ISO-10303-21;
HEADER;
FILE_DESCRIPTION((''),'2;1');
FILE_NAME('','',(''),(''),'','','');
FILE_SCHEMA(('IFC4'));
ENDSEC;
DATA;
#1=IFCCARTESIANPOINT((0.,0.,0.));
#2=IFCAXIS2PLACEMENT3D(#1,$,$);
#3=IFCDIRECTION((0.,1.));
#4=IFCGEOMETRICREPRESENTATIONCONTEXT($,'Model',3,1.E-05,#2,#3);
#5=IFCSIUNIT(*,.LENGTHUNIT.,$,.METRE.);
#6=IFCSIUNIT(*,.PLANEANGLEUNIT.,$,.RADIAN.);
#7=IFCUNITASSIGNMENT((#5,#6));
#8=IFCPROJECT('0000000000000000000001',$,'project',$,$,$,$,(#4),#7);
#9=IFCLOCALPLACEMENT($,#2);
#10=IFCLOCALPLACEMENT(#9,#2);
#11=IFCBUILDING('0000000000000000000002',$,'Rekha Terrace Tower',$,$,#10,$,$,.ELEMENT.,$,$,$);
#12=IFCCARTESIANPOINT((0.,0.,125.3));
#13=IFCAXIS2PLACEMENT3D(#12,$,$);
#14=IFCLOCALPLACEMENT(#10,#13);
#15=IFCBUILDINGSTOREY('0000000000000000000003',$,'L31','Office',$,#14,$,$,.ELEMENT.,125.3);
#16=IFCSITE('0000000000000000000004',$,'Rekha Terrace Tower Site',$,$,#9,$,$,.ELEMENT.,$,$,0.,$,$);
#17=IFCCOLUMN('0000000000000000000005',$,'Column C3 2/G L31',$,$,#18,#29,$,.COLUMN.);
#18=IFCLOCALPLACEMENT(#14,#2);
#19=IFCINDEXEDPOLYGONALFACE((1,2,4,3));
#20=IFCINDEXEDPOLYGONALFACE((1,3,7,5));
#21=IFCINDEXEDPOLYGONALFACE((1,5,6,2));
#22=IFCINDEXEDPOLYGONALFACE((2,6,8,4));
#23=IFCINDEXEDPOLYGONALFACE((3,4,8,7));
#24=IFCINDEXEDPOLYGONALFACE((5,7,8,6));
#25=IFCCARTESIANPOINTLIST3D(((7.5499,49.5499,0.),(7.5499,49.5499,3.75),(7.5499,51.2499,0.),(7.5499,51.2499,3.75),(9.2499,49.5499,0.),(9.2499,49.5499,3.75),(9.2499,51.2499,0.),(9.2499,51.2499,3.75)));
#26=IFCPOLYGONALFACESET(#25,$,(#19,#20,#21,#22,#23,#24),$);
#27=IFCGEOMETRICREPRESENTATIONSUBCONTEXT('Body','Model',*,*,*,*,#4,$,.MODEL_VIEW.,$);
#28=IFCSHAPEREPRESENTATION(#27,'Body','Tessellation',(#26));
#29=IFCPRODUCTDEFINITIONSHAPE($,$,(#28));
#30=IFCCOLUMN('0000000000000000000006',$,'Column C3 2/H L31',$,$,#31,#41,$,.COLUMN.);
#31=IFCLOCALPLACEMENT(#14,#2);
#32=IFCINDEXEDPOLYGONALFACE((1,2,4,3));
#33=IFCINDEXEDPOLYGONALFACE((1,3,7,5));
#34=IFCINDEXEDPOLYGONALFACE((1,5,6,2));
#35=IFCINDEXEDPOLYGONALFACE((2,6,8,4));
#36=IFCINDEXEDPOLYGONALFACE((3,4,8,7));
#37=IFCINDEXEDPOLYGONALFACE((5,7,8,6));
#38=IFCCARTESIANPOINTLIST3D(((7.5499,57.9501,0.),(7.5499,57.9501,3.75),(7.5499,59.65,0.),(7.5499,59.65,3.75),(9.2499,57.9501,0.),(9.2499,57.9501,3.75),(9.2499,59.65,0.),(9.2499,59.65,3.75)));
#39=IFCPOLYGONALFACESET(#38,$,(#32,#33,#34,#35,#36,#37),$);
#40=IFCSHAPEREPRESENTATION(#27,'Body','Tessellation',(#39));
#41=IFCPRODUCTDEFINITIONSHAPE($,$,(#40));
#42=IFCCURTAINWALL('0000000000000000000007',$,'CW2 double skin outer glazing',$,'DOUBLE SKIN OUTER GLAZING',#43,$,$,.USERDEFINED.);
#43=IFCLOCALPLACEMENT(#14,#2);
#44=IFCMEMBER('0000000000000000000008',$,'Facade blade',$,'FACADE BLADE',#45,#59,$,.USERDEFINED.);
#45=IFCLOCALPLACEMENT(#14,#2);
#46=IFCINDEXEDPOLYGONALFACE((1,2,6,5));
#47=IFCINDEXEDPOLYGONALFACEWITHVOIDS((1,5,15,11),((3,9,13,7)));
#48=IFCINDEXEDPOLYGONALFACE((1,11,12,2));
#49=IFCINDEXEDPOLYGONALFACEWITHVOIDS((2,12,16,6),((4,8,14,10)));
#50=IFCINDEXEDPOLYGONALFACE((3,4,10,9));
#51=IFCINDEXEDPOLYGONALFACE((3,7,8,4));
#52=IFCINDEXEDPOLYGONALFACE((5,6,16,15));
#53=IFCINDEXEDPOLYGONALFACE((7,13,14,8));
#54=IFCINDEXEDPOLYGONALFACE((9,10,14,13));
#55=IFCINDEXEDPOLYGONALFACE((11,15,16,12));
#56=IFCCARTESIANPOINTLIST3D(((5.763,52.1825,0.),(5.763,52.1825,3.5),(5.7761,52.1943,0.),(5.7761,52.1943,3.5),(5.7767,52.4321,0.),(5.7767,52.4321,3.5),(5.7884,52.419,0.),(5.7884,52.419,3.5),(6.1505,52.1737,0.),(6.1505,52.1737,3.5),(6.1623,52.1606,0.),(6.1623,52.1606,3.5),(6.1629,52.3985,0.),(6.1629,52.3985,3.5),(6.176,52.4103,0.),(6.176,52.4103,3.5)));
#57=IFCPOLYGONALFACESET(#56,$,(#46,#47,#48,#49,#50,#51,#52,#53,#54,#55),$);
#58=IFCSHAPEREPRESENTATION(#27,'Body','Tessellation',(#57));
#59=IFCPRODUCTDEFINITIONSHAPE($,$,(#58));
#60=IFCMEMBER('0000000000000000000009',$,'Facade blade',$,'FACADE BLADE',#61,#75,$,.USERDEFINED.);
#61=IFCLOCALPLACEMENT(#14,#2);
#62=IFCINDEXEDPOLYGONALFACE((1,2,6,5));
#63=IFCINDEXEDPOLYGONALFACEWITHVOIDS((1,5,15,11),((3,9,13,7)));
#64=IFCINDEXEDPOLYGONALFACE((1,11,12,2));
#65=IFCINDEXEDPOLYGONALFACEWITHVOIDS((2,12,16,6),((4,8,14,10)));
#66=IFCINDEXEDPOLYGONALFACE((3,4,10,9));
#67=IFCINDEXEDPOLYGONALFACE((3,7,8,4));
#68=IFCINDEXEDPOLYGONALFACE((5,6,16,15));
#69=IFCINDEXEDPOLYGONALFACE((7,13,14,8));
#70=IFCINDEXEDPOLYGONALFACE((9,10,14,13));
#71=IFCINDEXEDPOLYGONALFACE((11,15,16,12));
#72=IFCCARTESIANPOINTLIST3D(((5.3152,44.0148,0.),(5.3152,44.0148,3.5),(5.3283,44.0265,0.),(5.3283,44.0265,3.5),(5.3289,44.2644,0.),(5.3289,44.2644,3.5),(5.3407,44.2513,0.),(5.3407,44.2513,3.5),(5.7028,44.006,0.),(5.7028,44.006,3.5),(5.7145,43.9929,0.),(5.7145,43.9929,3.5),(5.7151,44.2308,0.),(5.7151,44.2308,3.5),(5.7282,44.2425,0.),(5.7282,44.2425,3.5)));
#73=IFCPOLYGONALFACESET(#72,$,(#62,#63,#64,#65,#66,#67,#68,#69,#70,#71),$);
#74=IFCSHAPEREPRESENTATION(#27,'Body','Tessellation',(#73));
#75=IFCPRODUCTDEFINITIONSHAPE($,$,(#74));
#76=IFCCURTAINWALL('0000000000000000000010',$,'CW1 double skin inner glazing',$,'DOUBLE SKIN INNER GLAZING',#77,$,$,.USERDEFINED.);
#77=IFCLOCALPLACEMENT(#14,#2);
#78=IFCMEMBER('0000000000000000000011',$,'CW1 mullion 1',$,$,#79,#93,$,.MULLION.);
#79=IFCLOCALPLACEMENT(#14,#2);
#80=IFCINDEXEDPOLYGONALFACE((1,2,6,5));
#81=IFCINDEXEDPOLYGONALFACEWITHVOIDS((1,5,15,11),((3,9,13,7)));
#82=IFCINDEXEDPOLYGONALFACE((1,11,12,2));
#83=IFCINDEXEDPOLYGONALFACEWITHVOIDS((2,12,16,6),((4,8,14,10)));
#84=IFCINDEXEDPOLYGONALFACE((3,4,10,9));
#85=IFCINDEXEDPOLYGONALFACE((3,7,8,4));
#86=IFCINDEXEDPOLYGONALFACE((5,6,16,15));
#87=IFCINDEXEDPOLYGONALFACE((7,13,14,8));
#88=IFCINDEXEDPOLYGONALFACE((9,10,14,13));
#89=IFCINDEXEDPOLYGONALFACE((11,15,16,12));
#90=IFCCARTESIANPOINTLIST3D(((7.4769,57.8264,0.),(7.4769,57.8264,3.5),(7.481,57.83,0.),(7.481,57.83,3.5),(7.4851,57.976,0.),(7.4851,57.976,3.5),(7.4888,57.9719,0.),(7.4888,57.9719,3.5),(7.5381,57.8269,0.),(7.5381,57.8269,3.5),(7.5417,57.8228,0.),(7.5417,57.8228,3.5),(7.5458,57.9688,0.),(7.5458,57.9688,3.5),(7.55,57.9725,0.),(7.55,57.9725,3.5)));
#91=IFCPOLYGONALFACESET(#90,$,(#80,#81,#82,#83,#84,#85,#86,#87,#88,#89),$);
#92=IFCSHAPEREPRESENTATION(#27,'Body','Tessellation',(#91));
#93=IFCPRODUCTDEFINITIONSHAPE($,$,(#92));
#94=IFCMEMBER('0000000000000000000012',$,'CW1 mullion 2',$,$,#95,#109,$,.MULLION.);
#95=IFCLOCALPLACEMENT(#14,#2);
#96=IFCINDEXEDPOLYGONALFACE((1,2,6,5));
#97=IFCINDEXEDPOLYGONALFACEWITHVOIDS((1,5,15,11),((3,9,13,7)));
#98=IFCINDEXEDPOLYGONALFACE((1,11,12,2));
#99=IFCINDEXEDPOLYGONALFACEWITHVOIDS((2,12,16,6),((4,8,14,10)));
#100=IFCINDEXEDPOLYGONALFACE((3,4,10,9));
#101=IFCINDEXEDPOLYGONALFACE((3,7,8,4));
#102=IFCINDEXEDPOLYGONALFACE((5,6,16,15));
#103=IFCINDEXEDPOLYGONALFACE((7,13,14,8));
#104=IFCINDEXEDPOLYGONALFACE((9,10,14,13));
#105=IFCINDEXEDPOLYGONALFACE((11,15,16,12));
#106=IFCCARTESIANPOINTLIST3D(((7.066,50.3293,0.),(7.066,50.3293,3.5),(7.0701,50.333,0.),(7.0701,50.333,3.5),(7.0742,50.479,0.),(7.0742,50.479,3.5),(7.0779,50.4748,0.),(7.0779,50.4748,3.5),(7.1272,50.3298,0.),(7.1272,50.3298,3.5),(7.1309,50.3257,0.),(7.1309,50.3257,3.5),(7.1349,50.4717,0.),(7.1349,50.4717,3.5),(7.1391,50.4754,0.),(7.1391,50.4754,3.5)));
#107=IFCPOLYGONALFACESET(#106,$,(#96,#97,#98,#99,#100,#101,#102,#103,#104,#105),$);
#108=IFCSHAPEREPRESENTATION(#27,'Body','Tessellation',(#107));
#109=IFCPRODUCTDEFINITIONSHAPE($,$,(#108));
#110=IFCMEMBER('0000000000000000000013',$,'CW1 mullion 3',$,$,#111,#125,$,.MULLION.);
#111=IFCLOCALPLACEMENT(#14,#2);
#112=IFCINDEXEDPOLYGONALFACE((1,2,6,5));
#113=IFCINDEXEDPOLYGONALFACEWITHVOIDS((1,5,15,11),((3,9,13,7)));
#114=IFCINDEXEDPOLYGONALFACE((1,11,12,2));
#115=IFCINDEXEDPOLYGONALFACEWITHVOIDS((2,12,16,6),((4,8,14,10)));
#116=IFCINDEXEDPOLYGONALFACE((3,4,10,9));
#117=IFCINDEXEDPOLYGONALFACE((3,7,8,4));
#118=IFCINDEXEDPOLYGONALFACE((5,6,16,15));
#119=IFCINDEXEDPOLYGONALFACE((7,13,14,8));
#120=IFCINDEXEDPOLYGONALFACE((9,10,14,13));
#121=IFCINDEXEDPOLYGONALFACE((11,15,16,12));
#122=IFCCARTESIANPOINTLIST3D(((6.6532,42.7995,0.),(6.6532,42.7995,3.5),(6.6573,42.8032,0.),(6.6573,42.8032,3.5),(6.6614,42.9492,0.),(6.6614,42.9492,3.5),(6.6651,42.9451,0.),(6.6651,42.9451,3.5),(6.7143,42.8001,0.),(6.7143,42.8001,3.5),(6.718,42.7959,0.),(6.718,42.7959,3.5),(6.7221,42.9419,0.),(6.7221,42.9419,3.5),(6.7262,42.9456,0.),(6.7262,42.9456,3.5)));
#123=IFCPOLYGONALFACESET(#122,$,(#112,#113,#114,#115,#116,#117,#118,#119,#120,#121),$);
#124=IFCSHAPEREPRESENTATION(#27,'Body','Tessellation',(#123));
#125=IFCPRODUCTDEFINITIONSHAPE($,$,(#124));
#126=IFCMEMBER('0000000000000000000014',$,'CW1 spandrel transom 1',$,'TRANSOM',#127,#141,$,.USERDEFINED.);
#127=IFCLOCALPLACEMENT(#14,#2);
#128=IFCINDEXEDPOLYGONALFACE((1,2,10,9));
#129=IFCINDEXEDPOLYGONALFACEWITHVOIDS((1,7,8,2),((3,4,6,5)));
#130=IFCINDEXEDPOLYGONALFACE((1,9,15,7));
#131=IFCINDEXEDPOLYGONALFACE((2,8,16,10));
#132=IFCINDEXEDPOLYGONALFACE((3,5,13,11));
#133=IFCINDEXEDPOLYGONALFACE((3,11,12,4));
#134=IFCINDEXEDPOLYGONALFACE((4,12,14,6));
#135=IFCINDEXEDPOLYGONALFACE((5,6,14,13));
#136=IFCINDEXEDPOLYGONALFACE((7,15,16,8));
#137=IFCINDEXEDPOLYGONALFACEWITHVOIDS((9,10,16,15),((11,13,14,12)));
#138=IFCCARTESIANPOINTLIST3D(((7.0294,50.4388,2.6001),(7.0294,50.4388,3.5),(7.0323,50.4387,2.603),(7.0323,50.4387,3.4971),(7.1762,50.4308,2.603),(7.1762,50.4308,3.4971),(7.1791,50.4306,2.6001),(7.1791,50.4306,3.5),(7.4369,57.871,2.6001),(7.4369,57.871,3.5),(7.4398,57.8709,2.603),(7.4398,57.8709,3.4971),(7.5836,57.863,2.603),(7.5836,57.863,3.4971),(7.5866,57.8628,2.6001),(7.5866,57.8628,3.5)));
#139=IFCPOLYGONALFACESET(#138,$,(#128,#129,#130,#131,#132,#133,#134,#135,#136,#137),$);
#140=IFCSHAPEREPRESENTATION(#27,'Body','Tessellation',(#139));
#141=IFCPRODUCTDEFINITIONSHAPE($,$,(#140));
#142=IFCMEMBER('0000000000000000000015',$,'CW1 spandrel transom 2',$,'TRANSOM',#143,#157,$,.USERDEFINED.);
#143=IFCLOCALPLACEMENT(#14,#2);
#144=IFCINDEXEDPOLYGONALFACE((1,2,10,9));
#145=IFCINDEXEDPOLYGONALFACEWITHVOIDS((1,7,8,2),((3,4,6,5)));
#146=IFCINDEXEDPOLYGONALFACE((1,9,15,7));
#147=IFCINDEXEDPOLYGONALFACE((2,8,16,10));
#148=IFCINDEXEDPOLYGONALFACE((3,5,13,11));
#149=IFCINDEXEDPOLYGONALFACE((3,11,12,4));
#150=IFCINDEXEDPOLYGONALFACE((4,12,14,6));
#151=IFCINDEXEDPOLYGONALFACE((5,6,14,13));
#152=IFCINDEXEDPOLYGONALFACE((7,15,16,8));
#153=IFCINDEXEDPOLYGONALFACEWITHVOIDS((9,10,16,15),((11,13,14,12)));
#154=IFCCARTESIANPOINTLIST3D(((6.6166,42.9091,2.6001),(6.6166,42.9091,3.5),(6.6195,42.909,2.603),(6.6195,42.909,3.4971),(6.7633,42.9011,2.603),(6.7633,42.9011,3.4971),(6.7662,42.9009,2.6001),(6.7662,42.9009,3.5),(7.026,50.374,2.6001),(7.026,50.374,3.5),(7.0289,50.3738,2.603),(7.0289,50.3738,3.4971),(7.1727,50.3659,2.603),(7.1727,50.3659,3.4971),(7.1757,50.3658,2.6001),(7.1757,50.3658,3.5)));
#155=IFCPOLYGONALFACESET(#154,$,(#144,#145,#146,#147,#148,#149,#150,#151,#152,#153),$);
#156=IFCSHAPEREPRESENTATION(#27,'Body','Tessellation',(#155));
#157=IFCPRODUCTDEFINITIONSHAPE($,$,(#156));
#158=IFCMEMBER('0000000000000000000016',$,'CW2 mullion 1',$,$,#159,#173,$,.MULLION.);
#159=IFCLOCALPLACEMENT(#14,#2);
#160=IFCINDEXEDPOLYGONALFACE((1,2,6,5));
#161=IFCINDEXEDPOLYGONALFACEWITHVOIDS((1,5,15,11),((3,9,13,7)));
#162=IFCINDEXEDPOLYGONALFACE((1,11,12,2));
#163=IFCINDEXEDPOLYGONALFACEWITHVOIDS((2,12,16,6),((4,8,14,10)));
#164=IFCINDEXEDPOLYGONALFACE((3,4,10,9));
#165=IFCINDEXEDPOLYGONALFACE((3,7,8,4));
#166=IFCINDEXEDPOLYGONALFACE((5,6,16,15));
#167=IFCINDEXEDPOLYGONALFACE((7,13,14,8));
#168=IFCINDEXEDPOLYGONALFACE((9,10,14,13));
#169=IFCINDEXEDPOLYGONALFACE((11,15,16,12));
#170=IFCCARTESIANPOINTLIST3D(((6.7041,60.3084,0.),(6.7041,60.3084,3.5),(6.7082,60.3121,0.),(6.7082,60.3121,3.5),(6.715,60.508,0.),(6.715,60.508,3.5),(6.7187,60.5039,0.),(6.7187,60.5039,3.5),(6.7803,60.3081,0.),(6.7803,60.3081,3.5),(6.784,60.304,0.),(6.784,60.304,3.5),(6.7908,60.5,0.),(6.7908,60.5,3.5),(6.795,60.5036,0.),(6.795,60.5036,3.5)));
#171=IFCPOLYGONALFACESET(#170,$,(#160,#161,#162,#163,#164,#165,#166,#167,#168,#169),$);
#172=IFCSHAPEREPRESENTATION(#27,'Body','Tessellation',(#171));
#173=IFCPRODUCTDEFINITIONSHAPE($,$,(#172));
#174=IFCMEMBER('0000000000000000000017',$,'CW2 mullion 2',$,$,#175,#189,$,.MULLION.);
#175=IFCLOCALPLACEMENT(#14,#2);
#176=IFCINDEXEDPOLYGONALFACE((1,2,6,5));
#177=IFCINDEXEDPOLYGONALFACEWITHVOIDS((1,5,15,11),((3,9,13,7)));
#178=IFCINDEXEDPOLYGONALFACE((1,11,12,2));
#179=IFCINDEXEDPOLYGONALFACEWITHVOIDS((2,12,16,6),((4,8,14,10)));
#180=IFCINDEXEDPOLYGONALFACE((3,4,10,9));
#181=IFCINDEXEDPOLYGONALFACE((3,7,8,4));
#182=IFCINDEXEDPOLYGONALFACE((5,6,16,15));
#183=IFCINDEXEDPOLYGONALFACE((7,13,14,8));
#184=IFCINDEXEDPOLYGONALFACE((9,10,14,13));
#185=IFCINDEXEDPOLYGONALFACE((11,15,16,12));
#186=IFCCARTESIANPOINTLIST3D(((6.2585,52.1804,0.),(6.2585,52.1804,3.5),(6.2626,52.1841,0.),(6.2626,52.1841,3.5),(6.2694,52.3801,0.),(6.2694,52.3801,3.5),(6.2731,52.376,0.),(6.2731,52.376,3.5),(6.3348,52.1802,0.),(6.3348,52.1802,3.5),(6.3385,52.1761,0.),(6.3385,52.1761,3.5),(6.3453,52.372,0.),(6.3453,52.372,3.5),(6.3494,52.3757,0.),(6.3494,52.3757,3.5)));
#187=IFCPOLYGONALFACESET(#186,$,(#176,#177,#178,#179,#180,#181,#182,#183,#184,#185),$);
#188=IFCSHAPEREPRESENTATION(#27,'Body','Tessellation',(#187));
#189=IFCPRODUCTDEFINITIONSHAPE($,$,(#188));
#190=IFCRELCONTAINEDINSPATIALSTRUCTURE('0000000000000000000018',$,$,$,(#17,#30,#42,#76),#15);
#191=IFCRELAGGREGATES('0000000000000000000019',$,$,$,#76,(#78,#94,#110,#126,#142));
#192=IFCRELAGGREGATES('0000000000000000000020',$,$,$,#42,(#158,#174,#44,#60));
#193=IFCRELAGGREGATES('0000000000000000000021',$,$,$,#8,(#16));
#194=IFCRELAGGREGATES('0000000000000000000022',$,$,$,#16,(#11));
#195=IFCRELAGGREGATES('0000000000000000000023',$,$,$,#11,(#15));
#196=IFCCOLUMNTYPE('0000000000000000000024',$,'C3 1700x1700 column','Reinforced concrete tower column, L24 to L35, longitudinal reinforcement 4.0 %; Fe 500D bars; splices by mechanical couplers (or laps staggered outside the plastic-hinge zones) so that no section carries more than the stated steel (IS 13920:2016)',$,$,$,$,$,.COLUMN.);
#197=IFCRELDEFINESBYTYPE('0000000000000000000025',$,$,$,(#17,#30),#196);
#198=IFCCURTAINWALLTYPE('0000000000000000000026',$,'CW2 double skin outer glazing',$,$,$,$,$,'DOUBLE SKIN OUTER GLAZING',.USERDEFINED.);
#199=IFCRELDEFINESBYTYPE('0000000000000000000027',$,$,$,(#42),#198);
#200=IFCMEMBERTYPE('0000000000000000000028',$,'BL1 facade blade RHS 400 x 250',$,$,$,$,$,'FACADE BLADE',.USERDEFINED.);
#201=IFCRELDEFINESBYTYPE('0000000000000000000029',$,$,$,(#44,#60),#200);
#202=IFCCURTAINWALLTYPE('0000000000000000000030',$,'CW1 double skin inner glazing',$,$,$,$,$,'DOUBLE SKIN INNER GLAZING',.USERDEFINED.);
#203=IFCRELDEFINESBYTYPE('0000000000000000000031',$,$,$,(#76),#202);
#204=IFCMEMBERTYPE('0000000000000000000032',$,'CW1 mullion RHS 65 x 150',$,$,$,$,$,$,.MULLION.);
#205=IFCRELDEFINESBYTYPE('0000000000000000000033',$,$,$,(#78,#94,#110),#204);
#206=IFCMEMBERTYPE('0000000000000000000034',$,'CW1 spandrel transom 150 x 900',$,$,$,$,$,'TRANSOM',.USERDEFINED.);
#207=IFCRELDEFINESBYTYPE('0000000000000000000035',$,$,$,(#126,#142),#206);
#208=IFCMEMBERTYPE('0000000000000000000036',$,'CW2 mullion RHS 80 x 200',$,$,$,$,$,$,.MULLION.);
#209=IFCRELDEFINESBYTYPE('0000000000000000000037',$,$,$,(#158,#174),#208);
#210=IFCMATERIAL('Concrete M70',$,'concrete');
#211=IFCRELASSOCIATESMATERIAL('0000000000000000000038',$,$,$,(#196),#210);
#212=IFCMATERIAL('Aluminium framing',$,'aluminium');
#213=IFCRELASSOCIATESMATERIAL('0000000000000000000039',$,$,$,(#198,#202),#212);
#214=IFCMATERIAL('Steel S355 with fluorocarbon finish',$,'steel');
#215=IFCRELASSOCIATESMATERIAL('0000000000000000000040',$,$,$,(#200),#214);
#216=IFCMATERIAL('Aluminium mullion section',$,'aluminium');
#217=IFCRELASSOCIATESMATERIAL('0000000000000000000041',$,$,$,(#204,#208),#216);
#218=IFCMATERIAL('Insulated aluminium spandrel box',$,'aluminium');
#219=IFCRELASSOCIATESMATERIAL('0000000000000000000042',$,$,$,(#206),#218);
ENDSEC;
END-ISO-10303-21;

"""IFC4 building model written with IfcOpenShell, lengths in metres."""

from ifc_helpers import new_model, si_unit, direction, frame, origin, origin_2d, place, context, subcontext, project, spatial, rectangle, hollow_rectangle, extrude, material, material_profile, profile_set, type_object, element, aggregate, save


model = new_model("IFC4")

# Units and contexts
model_context = context("Model", 3, precision=1e-05, world=origin(), true_north=direction((0.0, 1.0)))
body_context = subcontext(model_context, "Body", "Model", "MODEL_VIEW")
ifc_project = project(units=[si_unit("LENGTHUNIT", "METRE"), si_unit("PLANEANGLEUNIT", "RADIAN")], contexts=[model_context])

# Site, building, storey
site_placement = place(None, origin())
site = spatial("IfcSite", under=ifc_project, at=site_placement, Name="Rekha Terrace Tower Site", CompositionType="ELEMENT", RefElevation=0.0)
building_placement = place(site_placement, origin())
building = spatial("IfcBuilding", under=site, at=building_placement, Name="Rekha Terrace Tower", CompositionType="ELEMENT")
storey_placement = place(building_placement, frame((0.0, 0.0, 125.3)))
storey = spatial("IfcBuildingStorey", under=building, at=storey_placement, Name="L31", Description="Office", CompositionType="ELEMENT", Elevation=125.3)

# Columns
ifc_material_1 = material(Name="Concrete M70", Category="concrete")
ifc_material_profile_1 = material_profile(ifc_material_1, rectangle(XDim=1.7, YDim=1.7, at=origin_2d()), Name="RC 1700x1700")
ifc_profile_set_1 = profile_set([ifc_material_profile_1], Name="Concrete M70")
column_type = type_object("IfcColumnType", Name="C3 1700x1700 column", Description="Reinforced concrete tower column, L24 to L35, longitudinal reinforcement 4.0 %; Fe 500D bars; splices by mechanical couplers (or laps staggered outside the plastic-hinge zones) so that no section carries more than the stated steel (IS 13920:2016)", PredefinedType="COLUMN", material=ifc_profile_set_1)
for number, where, z_axis, x_axis, name in (
    (1, (8.3999, 50.3999, 0.0), (0.0, 0.0, 1.0), (1.0, 0.0, 0.0), "Column C3 2/G L31"),
    (2, (8.3999, 58.8, 0.0), (0.0, 0.0, 1.0), (1.0, 0.0, 0.0), "Column C3 2/H L31"),
):
    element("IfcColumn", number, at=place(storey_placement, frame(where, z_axis=z_axis, x_axis=x_axis)), inside=storey, type_object=column_type, Name=name, PredefinedType="COLUMN", context=body_context, shape_type="SweptSolid", body=[
        extrude(rectangle(XDim=1.7, YDim=1.7, at=origin_2d()), origin(), (0.0, 0.0, 1.0), 3.75),
    ])

# Curtain walls, members
ifc_material_2 = material(Name="Aluminium framing", Category="aluminium")
curtain_wall_type_1 = type_object("IfcCurtainWallType", Name="CW2 double skin outer glazing", ElementType="DOUBLE SKIN OUTER GLAZING", PredefinedType="USERDEFINED", material=ifc_material_2)
curtain_wall_1_placement = place(storey_placement, origin())
curtain_wall_1 = element("IfcCurtainWall", 3, at=curtain_wall_1_placement, inside=storey, type_object=curtain_wall_type_1, Name="CW2 double skin outer glazing", ObjectType="DOUBLE SKIN OUTER GLAZING", PredefinedType="USERDEFINED")
ifc_material_3 = material(Name="Steel S355 with fluorocarbon finish", Category="steel")
ifc_material_profile_2 = material_profile(ifc_material_3, hollow_rectangle(XDim=0.25, YDim=0.3999, WallThickness=0.0125, at=origin_2d()), Name="RHS400x250x12.5")
ifc_profile_set_2 = profile_set([ifc_material_profile_2], Name="Steel S355 with fluorocarbon finish")
member_type_1 = type_object("IfcMemberType", Name="BL1 facade blade RHS 400 x 250", ElementType="FACADE BLADE", PredefinedType="USERDEFINED", material=ifc_profile_set_2)
member_1_placement = place(storey_placement, frame((5.9695, 52.2964, 0.0), z_axis=(0.0, 0.0, 1.0), x_axis=(-0.054743, -0.9985, 0.0)))
member_1 = element("IfcMember", 4, at=member_1_placement, type_object=member_type_1, Name="Facade blade", ObjectType="FACADE BLADE", PredefinedType="USERDEFINED", context=body_context, shape_type="SweptSolid", body=[
    extrude(hollow_rectangle(XDim=0.25, YDim=0.3999, WallThickness=0.0125, at=origin_2d()), origin(), (0.0, 0.0, 1.0), 3.5),
])
member_2_placement = place(storey_placement, frame((5.5217, 44.1287, 0.0), z_axis=(0.0, 0.0, 1.0), x_axis=(-0.054743, -0.9985, 0.0)))
member_2 = element("IfcMember", 5, at=member_2_placement, type_object=member_type_1, Name="Facade blade", ObjectType="FACADE BLADE", PredefinedType="USERDEFINED", context=body_context, shape_type="SweptSolid", body=[
    extrude(hollow_rectangle(XDim=0.25, YDim=0.3999, WallThickness=0.0125, at=origin_2d()), origin(), (0.0, 0.0, 1.0), 3.5),
])
curtain_wall_type_2 = type_object("IfcCurtainWallType", Name="CW1 double skin inner glazing", ElementType="DOUBLE SKIN INNER GLAZING", PredefinedType="USERDEFINED", material=ifc_material_2)
curtain_wall_2_placement = place(storey_placement, origin())
curtain_wall_2 = element("IfcCurtainWall", 6, at=curtain_wall_2_placement, inside=storey, type_object=curtain_wall_type_2, Name="CW1 double skin inner glazing", ObjectType="DOUBLE SKIN INNER GLAZING", PredefinedType="USERDEFINED")
ifc_material_4 = material(Name="Aluminium mullion section", Category="aluminium")
ifc_material_profile_3 = material_profile(ifc_material_4, hollow_rectangle(XDim=0.0649, YDim=0.1499, WallThickness=0.0039, at=origin_2d()), Name="AL RHS 65x150")
ifc_profile_set_3 = profile_set([ifc_material_profile_3], Name="Aluminium mullion section")
member_type_2 = type_object("IfcMemberType", Name="CW1 mullion RHS 65 x 150", PredefinedType="MULLION", material=ifc_profile_set_3)
member_3_placement = place(storey_placement, frame((7.5134, 57.8994, 0.0), z_axis=(0.0, 0.0, 1.0), x_axis=(0.998501, -0.054742, 0.0)))
member_3 = element("IfcMember", 7, at=member_3_placement, type_object=member_type_2, Name="CW1 mullion 1", PredefinedType="MULLION", context=body_context, shape_type="SweptSolid", body=[
    extrude(hollow_rectangle(XDim=0.0649, YDim=0.1499, WallThickness=0.0039, at=origin_2d()), origin(), (0.0, 0.0, 1.0), 3.5),
])
member_4_placement = place(storey_placement, frame((7.1025, 50.4023, 0.0), z_axis=(0.0, 0.0, 1.0), x_axis=(0.998501, -0.054742, 0.0)))
member_4 = element("IfcMember", 8, at=member_4_placement, type_object=member_type_2, Name="CW1 mullion 2", PredefinedType="MULLION", context=body_context, shape_type="SweptSolid", body=[
    extrude(hollow_rectangle(XDim=0.0649, YDim=0.1499, WallThickness=0.0039, at=origin_2d()), origin(), (0.0, 0.0, 1.0), 3.5),
])
member_5_placement = place(storey_placement, frame((6.6897, 42.8726, 0.0), z_axis=(0.0, 0.0, 1.0), x_axis=(0.998501, -0.054742, 0.0)))
member_5 = element("IfcMember", 9, at=member_5_placement, type_object=member_type_2, Name="CW1 mullion 3", PredefinedType="MULLION", context=body_context, shape_type="SweptSolid", body=[
    extrude(hollow_rectangle(XDim=0.0649, YDim=0.1499, WallThickness=0.0039, at=origin_2d()), origin(), (0.0, 0.0, 1.0), 3.5),
])
ifc_material_5 = material(Name="Insulated aluminium spandrel box", Category="aluminium")
ifc_material_profile_4 = material_profile(ifc_material_5, hollow_rectangle(XDim=0.1499, YDim=0.8999, WallThickness=0.0029, at=origin_2d()), Name="AL SPANDREL BOX 150x900")
ifc_profile_set_4 = profile_set([ifc_material_profile_4], Name="Insulated aluminium spandrel box")
member_type_3 = type_object("IfcMemberType", Name="CW1 spandrel transom 150 x 900", ElementType="TRANSOM", PredefinedType="USERDEFINED", material=ifc_profile_set_4)
member_6_placement = place(storey_placement, frame((7.5117, 57.8669, 3.05), z_axis=(-0.054743, -0.9985, 0.0), x_axis=(0.9985, -0.054743, 0.0)))
member_6 = element("IfcMember", 10, at=member_6_placement, type_object=member_type_3, Name="CW1 spandrel transom 1", ObjectType="TRANSOM", PredefinedType="USERDEFINED", context=body_context, shape_type="SweptSolid", body=[
    extrude(hollow_rectangle(XDim=0.1499, YDim=0.8999, WallThickness=0.0029, at=origin_2d()), origin(), (0.0, 0.0, 1.0), 7.4434),
])
member_7_placement = place(storey_placement, frame((7.1008, 50.3699, 3.05), z_axis=(-0.054765, -0.998499, 0.0), x_axis=(0.998499, -0.054765, 0.0)))
member_7 = element("IfcMember", 11, at=member_7_placement, type_object=member_type_3, Name="CW1 spandrel transom 2", ObjectType="TRANSOM", PredefinedType="USERDEFINED", context=body_context, shape_type="SweptSolid", body=[
    extrude(hollow_rectangle(XDim=0.1499, YDim=0.8999, WallThickness=0.0029, at=origin_2d()), origin(), (0.0, 0.0, 1.0), 7.4761),
])

# Members
ifc_material_profile_5 = material_profile(ifc_material_4, hollow_rectangle(XDim=0.0801, YDim=0.2, WallThickness=0.0039, at=origin_2d()), Name="AL RHS 80x200")
ifc_profile_set_5 = profile_set([ifc_material_profile_5], Name="Aluminium mullion section")
member_type_4 = type_object("IfcMemberType", Name="CW2 mullion RHS 80 x 200", PredefinedType="MULLION", material=ifc_profile_set_5)
member_8_placement = place(storey_placement, frame((6.7495, 60.406, 0.0), z_axis=(0.0, 0.0, 1.0), x_axis=(0.998501, -0.054742, 0.0)))
member_8 = element("IfcMember", 12, at=member_8_placement, type_object=member_type_4, Name="CW2 mullion 1", PredefinedType="MULLION", context=body_context, shape_type="SweptSolid", body=[
    extrude(hollow_rectangle(XDim=0.0801, YDim=0.2, WallThickness=0.0039, at=origin_2d()), origin(), (0.0, 0.0, 1.0), 3.5),
])
member_9_placement = place(storey_placement, frame((6.304, 52.2781, 0.0), z_axis=(0.0, 0.0, 1.0), x_axis=(0.998501, -0.054742, 0.0)))
member_9 = element("IfcMember", 13, at=member_9_placement, type_object=member_type_4, Name="CW2 mullion 2", PredefinedType="MULLION", context=body_context, shape_type="SweptSolid", body=[
    extrude(hollow_rectangle(XDim=0.0801, YDim=0.2, WallThickness=0.0039, at=origin_2d()), origin(), (0.0, 0.0, 1.0), 3.5),
])

aggregate(curtain_wall_2, [member_3, member_4, member_5, member_6, member_7])
aggregate(curtain_wall_1, [member_8, member_9, member_1, member_2])

save(model, "model.ifc")
